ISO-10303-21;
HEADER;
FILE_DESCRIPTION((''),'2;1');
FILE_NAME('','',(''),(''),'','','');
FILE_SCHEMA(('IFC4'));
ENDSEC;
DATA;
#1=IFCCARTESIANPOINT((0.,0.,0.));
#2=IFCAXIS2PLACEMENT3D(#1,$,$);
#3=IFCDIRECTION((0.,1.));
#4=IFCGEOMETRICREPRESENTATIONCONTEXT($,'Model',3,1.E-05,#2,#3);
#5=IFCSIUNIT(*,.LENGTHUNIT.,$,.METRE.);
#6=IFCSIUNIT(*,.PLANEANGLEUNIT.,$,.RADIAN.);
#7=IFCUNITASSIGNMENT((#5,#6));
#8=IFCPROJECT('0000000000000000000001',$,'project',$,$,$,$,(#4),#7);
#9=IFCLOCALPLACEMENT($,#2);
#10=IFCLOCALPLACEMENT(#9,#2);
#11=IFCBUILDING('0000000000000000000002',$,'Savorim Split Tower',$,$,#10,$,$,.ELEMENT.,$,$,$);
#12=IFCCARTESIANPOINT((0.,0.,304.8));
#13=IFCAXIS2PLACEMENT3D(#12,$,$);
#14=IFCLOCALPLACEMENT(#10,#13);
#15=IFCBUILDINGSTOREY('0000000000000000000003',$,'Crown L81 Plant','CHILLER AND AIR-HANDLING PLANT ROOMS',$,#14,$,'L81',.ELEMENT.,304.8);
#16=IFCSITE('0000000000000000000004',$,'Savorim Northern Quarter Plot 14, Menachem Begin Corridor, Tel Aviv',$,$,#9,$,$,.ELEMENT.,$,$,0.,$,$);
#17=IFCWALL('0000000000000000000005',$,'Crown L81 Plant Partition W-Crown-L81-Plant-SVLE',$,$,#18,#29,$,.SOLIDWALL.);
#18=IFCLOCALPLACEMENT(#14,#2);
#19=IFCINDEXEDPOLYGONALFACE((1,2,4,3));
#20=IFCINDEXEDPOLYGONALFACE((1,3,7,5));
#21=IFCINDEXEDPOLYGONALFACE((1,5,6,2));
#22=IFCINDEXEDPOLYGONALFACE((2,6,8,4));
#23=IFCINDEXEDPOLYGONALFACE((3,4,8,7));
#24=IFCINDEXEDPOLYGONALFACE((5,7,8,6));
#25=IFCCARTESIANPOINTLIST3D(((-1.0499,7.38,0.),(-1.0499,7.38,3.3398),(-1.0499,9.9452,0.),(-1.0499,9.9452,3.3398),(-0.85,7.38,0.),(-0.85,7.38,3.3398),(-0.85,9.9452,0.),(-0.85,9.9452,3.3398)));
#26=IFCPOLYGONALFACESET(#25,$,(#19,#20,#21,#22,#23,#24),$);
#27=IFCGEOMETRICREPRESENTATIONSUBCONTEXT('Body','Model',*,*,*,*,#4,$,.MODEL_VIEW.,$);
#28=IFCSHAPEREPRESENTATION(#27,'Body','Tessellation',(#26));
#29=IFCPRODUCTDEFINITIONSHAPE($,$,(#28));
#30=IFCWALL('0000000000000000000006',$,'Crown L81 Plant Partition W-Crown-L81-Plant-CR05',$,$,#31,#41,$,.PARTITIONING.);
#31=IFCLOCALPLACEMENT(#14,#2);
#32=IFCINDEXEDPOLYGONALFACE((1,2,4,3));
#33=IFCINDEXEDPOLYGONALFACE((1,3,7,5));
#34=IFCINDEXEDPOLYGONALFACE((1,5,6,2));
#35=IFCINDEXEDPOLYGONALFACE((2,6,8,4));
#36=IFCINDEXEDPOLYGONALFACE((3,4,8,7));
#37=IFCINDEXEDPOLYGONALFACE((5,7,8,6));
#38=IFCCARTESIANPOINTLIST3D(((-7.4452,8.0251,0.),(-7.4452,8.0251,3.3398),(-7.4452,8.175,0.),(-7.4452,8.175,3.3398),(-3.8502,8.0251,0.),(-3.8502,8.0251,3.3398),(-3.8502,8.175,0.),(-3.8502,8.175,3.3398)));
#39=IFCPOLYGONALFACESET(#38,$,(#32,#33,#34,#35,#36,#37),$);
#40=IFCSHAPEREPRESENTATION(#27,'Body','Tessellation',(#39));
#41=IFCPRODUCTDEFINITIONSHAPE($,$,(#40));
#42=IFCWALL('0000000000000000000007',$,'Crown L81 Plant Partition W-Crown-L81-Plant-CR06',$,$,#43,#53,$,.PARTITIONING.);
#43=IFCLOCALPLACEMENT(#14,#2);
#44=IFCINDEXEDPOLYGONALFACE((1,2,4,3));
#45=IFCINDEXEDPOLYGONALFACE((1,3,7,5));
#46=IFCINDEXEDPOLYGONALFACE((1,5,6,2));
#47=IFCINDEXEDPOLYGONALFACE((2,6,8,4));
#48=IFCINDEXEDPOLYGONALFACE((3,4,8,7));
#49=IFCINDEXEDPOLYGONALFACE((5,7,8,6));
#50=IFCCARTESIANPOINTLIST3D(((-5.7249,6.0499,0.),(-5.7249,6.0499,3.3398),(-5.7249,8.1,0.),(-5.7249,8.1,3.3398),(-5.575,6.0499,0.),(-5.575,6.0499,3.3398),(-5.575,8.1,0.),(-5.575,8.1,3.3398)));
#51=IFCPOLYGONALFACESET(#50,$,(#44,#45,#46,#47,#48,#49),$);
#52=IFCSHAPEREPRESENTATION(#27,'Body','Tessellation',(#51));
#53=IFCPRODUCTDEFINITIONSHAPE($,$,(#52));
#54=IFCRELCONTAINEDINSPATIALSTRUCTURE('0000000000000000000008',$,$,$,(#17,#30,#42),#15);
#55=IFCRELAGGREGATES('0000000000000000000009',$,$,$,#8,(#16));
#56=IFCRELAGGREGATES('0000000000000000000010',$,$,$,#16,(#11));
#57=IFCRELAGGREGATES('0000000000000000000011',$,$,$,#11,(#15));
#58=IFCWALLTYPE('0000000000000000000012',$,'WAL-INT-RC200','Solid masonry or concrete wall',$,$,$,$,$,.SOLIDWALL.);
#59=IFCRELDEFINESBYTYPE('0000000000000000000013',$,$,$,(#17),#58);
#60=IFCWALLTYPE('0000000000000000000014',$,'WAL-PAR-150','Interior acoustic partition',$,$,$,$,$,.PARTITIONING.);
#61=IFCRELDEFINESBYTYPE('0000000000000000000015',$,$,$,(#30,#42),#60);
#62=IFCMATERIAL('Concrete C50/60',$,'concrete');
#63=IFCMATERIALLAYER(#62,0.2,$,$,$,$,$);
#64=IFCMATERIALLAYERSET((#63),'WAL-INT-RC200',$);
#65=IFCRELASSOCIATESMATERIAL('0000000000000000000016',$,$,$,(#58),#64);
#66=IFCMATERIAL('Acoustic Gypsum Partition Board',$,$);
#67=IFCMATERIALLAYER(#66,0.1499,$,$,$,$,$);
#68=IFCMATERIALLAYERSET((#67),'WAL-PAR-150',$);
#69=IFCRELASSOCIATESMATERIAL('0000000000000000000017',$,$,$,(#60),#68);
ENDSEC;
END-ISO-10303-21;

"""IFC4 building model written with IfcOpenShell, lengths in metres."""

from ifc_helpers import new_model, si_unit, direction, frame, frame_2d, origin, place, context, subcontext, project, spatial, rectangle, extrude, material, layer, layer_set, type_object, element, save


model = new_model("IFC4")

# Units and contexts
model_context = context("Model", 3, precision=1e-05, world=origin(), true_north=direction((0.0, 1.0)))
body_context = subcontext(model_context, "Body", "Model", "MODEL_VIEW")
ifc_project = project(units=[si_unit("LENGTHUNIT", "METRE"), si_unit("PLANEANGLEUNIT", "RADIAN")], contexts=[model_context])

# Site, building, storey
site_placement = place(None, origin())
site = spatial("IfcSite", under=ifc_project, at=site_placement, Name="Savorim Northern Quarter Plot 14, Menachem Begin Corridor, Tel Aviv", CompositionType="ELEMENT", RefElevation=0.0)
building_placement = place(site_placement, origin())
building = spatial("IfcBuilding", under=site, at=building_placement, Name="Savorim Split Tower", CompositionType="ELEMENT")
storey_placement = place(building_placement, frame((0.0, 0.0, 304.8)))
storey = spatial("IfcBuildingStorey", under=building, at=storey_placement, Name="Crown L81 Plant", Description="CHILLER AND AIR-HANDLING PLANT ROOMS", LongName="L81", CompositionType="ELEMENT", Elevation=304.8)

# Shared definitions
ifc_material_1 = material(Name="Concrete C50/60", Category="concrete")
ifc_layer_1 = layer(ifc_material_1, 0.2)
ifc_layer_set_1 = layer_set([ifc_layer_1], Name="WAL-INT-RC200")
wall_type_1 = type_object("IfcWallType", Name="WAL-INT-RC200", Description="Solid masonry or concrete wall", PredefinedType="SOLIDWALL", material=ifc_layer_set_1)

# Wall
wall_1_placement = place(storey_placement, frame((-0.95, 7.3799, 0.0), z_axis=(0.0, 0.0, 1.0), x_axis=(0.0, 1.0, 0.0)))
element("IfcWall", 1, at=wall_1_placement, inside=storey, type_object=wall_type_1, Name="Crown L81 Plant Partition W-Crown-L81-Plant-SVLE", PredefinedType="SOLIDWALL", context=body_context, shape_type="SweptSolid", body=[
    extrude(rectangle(XDim=2.5652, YDim=0.2, at=frame_2d((1.2827, 0.0))), origin(), (0.0, 0.0, 1.0), 3.3398),
])

# Walls
ifc_material_2 = material(Name="Acoustic Gypsum Partition Board")
ifc_layer_2 = layer(ifc_material_2, 0.1499)
ifc_layer_set_2 = layer_set([ifc_layer_2], Name="WAL-PAR-150")
wall_type_2 = type_object("IfcWallType", Name="WAL-PAR-150", Description="Interior acoustic partition", PredefinedType="PARTITIONING", material=ifc_layer_set_2)
wall_2_placement = place(storey_placement, frame((-7.4451, 8.1001, 0.0), z_axis=(0.0, 0.0, 1.0), x_axis=(1.0, 0.0, 0.0)))
element("IfcWall", 2, at=wall_2_placement, inside=storey, type_object=wall_type_2, Name="Crown L81 Plant Partition W-Crown-L81-Plant-CR05", PredefinedType="PARTITIONING", context=body_context, shape_type="SweptSolid", body=[
    extrude(rectangle(XDim=3.595, YDim=0.1499, at=frame_2d((1.7974, 0.0))), origin(), (0.0, 0.0, 1.0), 3.3398),
])
wall_3_placement = place(storey_placement, frame((-5.6499, 6.05, 0.0), z_axis=(0.0, 0.0, 1.0), x_axis=(0.0, 1.0, 0.0)))
element("IfcWall", 3, at=wall_3_placement, inside=storey, type_object=wall_type_2, Name="Crown L81 Plant Partition W-Crown-L81-Plant-CR06", PredefinedType="PARTITIONING", context=body_context, shape_type="SweptSolid", body=[
    extrude(rectangle(XDim=2.05, YDim=0.1499, at=frame_2d((1.0249, 0.0))), origin(), (0.0, 0.0, 1.0), 3.3398),
])

save(model, "model.ifc")
